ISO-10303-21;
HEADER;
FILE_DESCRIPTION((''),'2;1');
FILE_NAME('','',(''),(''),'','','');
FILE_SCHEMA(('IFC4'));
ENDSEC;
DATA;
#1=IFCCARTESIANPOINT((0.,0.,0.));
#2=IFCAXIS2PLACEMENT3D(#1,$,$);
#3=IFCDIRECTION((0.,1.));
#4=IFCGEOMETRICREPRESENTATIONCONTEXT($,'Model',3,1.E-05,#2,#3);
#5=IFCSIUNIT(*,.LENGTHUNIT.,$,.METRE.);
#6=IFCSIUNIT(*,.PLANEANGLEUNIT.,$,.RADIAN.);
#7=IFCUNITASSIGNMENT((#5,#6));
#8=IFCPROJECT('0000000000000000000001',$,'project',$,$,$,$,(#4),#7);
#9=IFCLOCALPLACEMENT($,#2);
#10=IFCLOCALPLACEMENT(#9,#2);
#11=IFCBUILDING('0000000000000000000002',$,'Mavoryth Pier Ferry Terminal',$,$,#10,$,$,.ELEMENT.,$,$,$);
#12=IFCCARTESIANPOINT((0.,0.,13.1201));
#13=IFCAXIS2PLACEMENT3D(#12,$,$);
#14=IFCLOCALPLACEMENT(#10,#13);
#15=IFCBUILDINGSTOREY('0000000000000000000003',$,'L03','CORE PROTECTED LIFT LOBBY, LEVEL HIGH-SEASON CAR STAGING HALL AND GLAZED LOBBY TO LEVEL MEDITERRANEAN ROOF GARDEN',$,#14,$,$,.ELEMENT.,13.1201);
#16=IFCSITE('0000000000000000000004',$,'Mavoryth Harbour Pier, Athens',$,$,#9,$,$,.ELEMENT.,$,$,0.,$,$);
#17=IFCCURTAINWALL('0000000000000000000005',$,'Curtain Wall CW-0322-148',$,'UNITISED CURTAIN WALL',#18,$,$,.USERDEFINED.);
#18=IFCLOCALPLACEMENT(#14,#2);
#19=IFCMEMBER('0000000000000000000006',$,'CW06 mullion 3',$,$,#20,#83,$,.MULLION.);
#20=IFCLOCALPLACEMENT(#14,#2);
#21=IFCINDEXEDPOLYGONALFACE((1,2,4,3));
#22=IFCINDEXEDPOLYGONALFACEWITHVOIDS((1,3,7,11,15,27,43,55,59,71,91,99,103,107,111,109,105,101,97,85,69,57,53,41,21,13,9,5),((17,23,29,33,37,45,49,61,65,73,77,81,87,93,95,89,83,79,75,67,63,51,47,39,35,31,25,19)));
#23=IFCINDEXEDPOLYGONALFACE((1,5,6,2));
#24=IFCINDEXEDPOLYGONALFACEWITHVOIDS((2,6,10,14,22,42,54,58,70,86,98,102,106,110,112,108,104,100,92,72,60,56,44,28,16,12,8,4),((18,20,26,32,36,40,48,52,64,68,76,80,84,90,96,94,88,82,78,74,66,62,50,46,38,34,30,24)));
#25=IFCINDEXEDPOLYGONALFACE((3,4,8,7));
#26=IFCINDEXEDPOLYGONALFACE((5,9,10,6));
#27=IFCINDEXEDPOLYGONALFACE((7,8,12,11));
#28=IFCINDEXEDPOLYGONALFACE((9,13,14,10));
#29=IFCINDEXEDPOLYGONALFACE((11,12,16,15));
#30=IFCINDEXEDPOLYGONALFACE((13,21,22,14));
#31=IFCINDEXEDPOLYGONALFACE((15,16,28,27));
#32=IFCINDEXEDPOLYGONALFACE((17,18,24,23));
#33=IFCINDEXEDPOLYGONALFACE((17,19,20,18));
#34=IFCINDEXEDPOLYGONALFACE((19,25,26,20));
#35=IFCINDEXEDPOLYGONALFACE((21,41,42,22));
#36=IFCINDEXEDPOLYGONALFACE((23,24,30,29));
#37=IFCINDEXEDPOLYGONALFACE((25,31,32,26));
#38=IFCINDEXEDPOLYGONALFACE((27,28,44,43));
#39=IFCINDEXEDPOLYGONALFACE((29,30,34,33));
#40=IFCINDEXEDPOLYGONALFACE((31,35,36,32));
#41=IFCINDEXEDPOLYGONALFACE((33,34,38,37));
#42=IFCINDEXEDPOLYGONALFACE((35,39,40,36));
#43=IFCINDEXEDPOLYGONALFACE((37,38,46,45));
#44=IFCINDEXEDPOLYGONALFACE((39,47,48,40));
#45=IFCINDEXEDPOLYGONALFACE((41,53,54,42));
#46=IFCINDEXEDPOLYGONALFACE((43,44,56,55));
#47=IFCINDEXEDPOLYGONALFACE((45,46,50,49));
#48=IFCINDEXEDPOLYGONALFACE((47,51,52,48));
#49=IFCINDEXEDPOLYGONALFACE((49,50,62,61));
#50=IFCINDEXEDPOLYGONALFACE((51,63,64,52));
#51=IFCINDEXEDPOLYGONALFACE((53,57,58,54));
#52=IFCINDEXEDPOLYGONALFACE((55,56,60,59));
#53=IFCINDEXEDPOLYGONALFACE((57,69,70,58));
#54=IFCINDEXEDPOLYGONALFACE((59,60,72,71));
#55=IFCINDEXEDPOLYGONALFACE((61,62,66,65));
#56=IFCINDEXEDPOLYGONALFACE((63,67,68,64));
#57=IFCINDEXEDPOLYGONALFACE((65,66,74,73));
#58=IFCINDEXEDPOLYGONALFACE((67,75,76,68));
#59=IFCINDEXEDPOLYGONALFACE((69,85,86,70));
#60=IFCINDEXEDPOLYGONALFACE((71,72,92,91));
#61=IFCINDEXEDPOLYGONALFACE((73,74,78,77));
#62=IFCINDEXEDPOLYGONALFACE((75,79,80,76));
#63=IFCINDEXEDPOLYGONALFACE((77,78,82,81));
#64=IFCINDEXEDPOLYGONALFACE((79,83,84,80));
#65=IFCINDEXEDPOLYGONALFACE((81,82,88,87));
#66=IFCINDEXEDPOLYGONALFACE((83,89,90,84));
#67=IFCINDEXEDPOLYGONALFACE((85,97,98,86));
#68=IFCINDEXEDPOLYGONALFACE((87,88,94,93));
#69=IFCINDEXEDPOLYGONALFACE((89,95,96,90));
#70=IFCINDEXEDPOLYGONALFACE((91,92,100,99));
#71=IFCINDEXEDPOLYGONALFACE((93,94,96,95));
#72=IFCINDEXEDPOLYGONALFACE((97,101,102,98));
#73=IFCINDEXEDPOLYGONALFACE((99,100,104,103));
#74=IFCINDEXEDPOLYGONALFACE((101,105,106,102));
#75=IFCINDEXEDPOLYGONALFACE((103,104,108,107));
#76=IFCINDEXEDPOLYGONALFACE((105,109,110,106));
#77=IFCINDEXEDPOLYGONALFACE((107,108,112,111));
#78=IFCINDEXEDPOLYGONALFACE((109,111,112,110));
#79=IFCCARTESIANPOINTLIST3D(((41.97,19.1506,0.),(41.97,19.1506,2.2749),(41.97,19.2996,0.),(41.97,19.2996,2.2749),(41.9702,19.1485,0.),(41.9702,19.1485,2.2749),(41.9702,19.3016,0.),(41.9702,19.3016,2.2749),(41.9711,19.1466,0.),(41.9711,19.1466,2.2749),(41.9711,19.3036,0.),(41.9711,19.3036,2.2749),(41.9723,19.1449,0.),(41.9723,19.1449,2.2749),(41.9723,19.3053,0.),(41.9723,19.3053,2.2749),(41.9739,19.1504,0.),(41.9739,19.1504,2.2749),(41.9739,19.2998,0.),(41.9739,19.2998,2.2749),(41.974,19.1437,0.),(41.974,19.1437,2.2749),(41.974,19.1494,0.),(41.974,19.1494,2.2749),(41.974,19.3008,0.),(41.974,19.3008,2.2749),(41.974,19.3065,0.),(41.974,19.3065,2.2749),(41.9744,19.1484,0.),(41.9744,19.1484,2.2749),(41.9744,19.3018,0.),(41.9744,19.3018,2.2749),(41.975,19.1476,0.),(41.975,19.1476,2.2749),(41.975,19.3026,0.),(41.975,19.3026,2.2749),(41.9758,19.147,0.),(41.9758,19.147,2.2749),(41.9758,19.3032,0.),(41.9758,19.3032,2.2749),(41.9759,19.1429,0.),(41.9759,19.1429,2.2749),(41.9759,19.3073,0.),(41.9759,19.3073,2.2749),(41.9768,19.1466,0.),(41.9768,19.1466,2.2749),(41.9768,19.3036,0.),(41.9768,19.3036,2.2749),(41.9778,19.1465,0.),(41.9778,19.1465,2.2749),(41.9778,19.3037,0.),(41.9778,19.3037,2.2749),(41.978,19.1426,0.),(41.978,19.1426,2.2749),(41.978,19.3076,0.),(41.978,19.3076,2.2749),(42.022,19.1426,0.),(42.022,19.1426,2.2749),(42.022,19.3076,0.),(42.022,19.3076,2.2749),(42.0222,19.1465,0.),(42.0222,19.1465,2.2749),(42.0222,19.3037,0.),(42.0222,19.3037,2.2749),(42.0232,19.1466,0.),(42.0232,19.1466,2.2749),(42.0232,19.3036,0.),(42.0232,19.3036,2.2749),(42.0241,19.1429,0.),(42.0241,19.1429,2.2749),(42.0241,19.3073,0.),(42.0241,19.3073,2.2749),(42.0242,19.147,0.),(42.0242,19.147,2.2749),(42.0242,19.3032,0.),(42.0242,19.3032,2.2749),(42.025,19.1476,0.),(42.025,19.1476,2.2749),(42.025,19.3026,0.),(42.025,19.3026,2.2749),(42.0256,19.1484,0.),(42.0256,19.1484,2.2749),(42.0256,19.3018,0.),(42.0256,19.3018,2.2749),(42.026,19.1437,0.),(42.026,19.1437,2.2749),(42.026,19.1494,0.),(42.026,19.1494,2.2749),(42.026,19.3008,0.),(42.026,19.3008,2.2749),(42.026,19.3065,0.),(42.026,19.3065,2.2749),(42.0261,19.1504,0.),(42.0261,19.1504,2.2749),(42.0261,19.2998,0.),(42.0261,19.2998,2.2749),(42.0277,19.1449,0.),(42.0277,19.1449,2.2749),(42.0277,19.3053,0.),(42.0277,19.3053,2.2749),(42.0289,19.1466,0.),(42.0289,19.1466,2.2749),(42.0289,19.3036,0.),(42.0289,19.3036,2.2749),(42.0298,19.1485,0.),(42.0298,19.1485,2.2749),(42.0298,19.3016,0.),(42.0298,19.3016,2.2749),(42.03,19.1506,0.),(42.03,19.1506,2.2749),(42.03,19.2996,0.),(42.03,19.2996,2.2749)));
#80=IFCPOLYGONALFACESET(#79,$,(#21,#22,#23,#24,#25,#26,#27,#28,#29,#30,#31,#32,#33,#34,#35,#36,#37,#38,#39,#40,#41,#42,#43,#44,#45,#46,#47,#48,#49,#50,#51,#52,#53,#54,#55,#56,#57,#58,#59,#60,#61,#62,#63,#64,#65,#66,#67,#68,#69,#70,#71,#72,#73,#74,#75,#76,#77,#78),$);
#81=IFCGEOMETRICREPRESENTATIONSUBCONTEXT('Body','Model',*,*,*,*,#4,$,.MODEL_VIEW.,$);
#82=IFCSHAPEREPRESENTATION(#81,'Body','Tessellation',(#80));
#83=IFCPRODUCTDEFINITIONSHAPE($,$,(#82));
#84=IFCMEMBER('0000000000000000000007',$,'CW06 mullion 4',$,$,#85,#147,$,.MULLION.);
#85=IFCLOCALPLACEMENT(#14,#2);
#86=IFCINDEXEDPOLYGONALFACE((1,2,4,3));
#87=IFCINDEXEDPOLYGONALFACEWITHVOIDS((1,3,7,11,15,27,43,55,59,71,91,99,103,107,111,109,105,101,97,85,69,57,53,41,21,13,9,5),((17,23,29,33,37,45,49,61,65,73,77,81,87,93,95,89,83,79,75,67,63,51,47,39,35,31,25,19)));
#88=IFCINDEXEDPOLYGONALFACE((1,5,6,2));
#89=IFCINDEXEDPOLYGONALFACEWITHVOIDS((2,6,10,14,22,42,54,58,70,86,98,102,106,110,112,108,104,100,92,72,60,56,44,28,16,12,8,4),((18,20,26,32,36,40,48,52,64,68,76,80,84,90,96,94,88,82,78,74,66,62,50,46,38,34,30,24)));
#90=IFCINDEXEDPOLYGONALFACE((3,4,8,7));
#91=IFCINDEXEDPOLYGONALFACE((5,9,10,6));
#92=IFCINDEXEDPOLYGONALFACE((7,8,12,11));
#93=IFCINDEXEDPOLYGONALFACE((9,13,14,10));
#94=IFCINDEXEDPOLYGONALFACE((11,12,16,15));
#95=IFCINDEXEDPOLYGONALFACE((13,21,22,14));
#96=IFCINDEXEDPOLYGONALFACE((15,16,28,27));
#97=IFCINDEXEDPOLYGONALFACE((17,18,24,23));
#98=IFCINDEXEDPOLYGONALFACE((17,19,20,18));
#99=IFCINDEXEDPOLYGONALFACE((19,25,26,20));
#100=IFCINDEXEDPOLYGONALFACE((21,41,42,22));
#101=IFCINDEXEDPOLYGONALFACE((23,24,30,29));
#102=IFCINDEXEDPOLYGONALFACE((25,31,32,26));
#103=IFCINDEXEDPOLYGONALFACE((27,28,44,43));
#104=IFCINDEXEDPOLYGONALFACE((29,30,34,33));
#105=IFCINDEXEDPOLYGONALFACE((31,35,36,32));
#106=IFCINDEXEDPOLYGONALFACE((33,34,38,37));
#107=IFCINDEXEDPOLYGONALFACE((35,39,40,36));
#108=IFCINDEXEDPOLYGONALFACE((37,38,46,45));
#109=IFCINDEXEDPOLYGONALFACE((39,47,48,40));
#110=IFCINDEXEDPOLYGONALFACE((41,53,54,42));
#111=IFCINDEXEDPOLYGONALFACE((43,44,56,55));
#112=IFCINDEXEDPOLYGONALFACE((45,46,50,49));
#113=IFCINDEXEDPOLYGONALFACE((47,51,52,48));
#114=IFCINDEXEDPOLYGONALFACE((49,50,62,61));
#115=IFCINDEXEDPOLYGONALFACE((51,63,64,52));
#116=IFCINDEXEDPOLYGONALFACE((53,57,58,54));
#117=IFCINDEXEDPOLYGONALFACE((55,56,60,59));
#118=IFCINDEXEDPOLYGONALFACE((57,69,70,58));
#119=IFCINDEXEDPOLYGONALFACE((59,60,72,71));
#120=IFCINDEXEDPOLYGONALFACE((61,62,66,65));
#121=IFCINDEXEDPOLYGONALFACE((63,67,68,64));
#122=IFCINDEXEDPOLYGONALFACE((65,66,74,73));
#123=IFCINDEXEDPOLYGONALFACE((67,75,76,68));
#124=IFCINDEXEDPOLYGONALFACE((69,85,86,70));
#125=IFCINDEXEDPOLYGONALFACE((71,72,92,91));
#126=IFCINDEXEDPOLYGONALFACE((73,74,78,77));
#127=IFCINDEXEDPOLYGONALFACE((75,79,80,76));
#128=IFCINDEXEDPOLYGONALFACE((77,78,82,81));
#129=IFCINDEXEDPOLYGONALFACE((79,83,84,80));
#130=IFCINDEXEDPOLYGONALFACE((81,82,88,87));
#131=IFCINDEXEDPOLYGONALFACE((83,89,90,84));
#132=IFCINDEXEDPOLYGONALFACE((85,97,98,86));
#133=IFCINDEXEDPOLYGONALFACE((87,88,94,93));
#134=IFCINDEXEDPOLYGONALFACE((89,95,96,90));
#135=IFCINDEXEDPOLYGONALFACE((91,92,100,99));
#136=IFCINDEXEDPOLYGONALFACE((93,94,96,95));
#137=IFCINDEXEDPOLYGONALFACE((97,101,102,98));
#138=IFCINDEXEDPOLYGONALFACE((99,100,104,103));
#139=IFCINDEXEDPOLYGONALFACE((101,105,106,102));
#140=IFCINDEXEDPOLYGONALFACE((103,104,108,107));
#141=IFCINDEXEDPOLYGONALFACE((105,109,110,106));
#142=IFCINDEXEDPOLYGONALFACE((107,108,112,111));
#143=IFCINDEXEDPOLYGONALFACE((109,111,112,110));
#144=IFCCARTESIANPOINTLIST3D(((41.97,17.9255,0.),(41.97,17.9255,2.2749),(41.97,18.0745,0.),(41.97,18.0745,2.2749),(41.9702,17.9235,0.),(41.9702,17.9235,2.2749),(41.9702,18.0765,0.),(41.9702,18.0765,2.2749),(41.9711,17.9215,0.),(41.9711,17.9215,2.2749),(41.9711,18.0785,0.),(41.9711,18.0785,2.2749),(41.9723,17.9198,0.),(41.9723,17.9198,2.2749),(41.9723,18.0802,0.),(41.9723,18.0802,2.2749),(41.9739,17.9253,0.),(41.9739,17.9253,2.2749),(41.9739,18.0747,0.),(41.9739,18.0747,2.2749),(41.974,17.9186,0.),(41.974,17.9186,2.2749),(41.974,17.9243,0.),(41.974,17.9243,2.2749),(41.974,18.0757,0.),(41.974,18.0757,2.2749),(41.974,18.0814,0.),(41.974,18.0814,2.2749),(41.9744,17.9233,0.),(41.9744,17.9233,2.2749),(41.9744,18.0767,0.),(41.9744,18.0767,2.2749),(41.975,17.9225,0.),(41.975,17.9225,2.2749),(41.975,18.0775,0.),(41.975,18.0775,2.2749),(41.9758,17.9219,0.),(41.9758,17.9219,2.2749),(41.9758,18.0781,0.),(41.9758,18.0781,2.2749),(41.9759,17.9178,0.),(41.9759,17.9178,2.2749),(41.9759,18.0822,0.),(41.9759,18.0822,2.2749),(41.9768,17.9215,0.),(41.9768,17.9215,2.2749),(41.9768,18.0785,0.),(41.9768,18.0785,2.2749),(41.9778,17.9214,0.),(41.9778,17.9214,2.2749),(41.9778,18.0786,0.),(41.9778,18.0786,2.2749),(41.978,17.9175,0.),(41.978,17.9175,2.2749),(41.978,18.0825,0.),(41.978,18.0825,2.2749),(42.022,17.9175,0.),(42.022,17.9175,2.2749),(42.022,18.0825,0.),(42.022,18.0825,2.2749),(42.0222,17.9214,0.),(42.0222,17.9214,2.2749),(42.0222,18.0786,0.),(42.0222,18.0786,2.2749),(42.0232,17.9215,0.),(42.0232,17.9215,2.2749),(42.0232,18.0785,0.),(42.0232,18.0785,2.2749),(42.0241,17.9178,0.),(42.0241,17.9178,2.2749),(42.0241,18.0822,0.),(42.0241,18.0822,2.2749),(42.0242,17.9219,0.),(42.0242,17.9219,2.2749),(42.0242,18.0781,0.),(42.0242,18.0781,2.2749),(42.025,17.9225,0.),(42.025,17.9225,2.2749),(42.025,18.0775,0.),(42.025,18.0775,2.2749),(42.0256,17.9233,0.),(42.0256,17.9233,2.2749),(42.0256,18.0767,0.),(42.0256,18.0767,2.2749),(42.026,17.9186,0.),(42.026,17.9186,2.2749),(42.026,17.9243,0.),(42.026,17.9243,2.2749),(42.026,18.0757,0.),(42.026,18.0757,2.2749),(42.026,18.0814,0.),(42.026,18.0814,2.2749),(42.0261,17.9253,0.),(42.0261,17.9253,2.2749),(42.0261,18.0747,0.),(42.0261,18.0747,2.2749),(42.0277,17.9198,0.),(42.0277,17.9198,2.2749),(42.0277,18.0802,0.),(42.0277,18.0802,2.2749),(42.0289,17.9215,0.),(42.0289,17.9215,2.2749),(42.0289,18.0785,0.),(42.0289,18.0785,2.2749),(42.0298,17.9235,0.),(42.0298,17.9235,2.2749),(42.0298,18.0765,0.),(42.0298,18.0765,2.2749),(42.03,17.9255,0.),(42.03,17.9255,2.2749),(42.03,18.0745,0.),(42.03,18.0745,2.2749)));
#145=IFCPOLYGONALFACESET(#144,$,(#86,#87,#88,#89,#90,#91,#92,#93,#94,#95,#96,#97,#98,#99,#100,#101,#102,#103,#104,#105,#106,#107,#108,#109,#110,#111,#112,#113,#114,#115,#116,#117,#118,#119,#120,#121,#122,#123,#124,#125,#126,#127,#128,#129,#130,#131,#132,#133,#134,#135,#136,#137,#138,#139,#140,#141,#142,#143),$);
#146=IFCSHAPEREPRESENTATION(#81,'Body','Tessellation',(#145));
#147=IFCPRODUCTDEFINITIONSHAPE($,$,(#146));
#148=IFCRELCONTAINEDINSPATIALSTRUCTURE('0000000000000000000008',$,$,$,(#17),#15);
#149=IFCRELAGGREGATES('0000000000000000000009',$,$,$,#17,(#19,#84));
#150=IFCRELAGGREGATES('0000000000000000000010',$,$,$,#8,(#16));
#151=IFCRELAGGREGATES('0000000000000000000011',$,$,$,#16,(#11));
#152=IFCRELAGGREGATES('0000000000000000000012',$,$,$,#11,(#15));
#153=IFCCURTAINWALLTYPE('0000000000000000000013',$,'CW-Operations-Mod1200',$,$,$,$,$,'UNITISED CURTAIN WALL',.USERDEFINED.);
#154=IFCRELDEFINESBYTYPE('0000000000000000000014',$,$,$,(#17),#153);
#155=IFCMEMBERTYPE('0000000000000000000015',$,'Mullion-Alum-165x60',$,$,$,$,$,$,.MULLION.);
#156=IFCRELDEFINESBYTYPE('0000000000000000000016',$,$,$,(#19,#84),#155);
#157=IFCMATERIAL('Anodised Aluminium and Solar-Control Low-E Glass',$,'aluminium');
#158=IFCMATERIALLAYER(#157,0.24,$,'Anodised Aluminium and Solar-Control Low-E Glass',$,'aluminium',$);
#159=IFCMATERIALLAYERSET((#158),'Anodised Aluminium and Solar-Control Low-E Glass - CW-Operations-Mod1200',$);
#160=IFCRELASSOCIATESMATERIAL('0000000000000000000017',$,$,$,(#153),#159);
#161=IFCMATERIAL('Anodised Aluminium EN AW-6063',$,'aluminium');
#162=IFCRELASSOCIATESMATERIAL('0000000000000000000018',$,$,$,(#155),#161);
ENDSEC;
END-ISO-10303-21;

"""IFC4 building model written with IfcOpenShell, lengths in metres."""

from ifc_helpers import new_model, si_unit, direction, frame, origin, origin_2d, place, context, subcontext, project, spatial, hollow_rectangle, extrude, material, layer, layer_set, material_profile, profile_set, type_object, element, aggregate, save


model = new_model("IFC4")

# Units and contexts
model_context = context("Model", 3, precision=1e-05, world=origin(), true_north=direction((0.0, 1.0)))
body_context = subcontext(model_context, "Body", "Model", "MODEL_VIEW")
ifc_project = project(units=[si_unit("LENGTHUNIT", "METRE"), si_unit("PLANEANGLEUNIT", "RADIAN")], contexts=[model_context])

# Site, building, storey
site_placement = place(None, origin())
site = spatial("IfcSite", under=ifc_project, at=site_placement, Name="Mavoryth Harbour Pier, Athens", CompositionType="ELEMENT", RefElevation=0.0)
building_placement = place(site_placement, origin())
building = spatial("IfcBuilding", under=site, at=building_placement, Name="Mavoryth Pier Ferry Terminal", CompositionType="ELEMENT")
storey_placement = place(building_placement, frame((0.0, 0.0, 13.1201)))
storey = spatial("IfcBuildingStorey", under=building, at=storey_placement, Name="L03", Description="CORE PROTECTED LIFT LOBBY, LEVEL HIGH-SEASON CAR STAGING HALL AND GLAZED LOBBY TO LEVEL MEDITERRANEAN ROOF GARDEN", CompositionType="ELEMENT", Elevation=13.1201)

# Curtain wall, members
ifc_material_1 = material(Name="Anodised Aluminium and Solar-Control Low-E Glass", Category="aluminium")
ifc_layer_1 = layer(ifc_material_1, 0.24, Name="Anodised Aluminium and Solar-Control Low-E Glass", Category="aluminium")
ifc_layer_set_1 = layer_set([ifc_layer_1], Name="Anodised Aluminium and Solar-Control Low-E Glass - CW-Operations-Mod1200")
curtain_wall_type = type_object("IfcCurtainWallType", Name="CW-Operations-Mod1200", ElementType="UNITISED CURTAIN WALL", PredefinedType="USERDEFINED", material=ifc_layer_set_1)
curtain_wall_placement = place(storey_placement, origin())
curtain_wall = element("IfcCurtainWall", 1, at=curtain_wall_placement, inside=storey, type_object=curtain_wall_type, Name="Curtain Wall CW-0322-148", ObjectType="UNITISED CURTAIN WALL", PredefinedType="USERDEFINED")
ifc_material_2 = material(Name="Anodised Aluminium EN AW-6063", Category="aluminium")
ifc_material_profile_1 = material_profile(ifc_material_2, hollow_rectangle(XDim=0.0601, YDim=0.165, WallThickness=0.0039, InnerFilletRadius=0.0039, OuterFilletRadius=0.0081, at=origin_2d()), Name="AL-MULL 165x60x4", Category="aluminium")
ifc_profile_set_1 = profile_set([ifc_material_profile_1], Name="Anodised Aluminium EN AW-6063 - AL-MULL 165x60x4")
member_type_1 = type_object("IfcMemberType", Name="Mullion-Alum-165x60", PredefinedType="MULLION", material=ifc_profile_set_1)
member_1_placement = place(storey_placement, frame((42.0, 19.2251, 0.0), z_axis=(0.0, 0.0, 1.0), x_axis=(1.0, 0.0, 0.0)))
member_1 = element("IfcMember", 2, at=member_1_placement, type_object=member_type_1, Name="CW06 mullion 3", PredefinedType="MULLION", context=body_context, shape_type="SweptSolid", body=[
    extrude(hollow_rectangle(XDim=0.0601, YDim=0.165, WallThickness=0.0039, InnerFilletRadius=0.0039, OuterFilletRadius=0.0081, at=origin_2d()), origin(), (0.0, 0.0, 1.0), 2.2749),
])
member_2_placement = place(storey_placement, frame((42.0, 18.0, 0.0), z_axis=(0.0, 0.0, 1.0), x_axis=(1.0, 0.0, 0.0)))
member_2 = element("IfcMember", 3, at=member_2_placement, type_object=member_type_1, Name="CW06 mullion 4", PredefinedType="MULLION", context=body_context, shape_type="SweptSolid", body=[
    extrude(hollow_rectangle(XDim=0.0601, YDim=0.165, WallThickness=0.0039, InnerFilletRadius=0.0039, OuterFilletRadius=0.0081, at=origin_2d()), origin(), (0.0, 0.0, 1.0), 2.2749),
])
aggregate(curtain_wall, [member_1, member_2])

save(model, "model.ifc")
